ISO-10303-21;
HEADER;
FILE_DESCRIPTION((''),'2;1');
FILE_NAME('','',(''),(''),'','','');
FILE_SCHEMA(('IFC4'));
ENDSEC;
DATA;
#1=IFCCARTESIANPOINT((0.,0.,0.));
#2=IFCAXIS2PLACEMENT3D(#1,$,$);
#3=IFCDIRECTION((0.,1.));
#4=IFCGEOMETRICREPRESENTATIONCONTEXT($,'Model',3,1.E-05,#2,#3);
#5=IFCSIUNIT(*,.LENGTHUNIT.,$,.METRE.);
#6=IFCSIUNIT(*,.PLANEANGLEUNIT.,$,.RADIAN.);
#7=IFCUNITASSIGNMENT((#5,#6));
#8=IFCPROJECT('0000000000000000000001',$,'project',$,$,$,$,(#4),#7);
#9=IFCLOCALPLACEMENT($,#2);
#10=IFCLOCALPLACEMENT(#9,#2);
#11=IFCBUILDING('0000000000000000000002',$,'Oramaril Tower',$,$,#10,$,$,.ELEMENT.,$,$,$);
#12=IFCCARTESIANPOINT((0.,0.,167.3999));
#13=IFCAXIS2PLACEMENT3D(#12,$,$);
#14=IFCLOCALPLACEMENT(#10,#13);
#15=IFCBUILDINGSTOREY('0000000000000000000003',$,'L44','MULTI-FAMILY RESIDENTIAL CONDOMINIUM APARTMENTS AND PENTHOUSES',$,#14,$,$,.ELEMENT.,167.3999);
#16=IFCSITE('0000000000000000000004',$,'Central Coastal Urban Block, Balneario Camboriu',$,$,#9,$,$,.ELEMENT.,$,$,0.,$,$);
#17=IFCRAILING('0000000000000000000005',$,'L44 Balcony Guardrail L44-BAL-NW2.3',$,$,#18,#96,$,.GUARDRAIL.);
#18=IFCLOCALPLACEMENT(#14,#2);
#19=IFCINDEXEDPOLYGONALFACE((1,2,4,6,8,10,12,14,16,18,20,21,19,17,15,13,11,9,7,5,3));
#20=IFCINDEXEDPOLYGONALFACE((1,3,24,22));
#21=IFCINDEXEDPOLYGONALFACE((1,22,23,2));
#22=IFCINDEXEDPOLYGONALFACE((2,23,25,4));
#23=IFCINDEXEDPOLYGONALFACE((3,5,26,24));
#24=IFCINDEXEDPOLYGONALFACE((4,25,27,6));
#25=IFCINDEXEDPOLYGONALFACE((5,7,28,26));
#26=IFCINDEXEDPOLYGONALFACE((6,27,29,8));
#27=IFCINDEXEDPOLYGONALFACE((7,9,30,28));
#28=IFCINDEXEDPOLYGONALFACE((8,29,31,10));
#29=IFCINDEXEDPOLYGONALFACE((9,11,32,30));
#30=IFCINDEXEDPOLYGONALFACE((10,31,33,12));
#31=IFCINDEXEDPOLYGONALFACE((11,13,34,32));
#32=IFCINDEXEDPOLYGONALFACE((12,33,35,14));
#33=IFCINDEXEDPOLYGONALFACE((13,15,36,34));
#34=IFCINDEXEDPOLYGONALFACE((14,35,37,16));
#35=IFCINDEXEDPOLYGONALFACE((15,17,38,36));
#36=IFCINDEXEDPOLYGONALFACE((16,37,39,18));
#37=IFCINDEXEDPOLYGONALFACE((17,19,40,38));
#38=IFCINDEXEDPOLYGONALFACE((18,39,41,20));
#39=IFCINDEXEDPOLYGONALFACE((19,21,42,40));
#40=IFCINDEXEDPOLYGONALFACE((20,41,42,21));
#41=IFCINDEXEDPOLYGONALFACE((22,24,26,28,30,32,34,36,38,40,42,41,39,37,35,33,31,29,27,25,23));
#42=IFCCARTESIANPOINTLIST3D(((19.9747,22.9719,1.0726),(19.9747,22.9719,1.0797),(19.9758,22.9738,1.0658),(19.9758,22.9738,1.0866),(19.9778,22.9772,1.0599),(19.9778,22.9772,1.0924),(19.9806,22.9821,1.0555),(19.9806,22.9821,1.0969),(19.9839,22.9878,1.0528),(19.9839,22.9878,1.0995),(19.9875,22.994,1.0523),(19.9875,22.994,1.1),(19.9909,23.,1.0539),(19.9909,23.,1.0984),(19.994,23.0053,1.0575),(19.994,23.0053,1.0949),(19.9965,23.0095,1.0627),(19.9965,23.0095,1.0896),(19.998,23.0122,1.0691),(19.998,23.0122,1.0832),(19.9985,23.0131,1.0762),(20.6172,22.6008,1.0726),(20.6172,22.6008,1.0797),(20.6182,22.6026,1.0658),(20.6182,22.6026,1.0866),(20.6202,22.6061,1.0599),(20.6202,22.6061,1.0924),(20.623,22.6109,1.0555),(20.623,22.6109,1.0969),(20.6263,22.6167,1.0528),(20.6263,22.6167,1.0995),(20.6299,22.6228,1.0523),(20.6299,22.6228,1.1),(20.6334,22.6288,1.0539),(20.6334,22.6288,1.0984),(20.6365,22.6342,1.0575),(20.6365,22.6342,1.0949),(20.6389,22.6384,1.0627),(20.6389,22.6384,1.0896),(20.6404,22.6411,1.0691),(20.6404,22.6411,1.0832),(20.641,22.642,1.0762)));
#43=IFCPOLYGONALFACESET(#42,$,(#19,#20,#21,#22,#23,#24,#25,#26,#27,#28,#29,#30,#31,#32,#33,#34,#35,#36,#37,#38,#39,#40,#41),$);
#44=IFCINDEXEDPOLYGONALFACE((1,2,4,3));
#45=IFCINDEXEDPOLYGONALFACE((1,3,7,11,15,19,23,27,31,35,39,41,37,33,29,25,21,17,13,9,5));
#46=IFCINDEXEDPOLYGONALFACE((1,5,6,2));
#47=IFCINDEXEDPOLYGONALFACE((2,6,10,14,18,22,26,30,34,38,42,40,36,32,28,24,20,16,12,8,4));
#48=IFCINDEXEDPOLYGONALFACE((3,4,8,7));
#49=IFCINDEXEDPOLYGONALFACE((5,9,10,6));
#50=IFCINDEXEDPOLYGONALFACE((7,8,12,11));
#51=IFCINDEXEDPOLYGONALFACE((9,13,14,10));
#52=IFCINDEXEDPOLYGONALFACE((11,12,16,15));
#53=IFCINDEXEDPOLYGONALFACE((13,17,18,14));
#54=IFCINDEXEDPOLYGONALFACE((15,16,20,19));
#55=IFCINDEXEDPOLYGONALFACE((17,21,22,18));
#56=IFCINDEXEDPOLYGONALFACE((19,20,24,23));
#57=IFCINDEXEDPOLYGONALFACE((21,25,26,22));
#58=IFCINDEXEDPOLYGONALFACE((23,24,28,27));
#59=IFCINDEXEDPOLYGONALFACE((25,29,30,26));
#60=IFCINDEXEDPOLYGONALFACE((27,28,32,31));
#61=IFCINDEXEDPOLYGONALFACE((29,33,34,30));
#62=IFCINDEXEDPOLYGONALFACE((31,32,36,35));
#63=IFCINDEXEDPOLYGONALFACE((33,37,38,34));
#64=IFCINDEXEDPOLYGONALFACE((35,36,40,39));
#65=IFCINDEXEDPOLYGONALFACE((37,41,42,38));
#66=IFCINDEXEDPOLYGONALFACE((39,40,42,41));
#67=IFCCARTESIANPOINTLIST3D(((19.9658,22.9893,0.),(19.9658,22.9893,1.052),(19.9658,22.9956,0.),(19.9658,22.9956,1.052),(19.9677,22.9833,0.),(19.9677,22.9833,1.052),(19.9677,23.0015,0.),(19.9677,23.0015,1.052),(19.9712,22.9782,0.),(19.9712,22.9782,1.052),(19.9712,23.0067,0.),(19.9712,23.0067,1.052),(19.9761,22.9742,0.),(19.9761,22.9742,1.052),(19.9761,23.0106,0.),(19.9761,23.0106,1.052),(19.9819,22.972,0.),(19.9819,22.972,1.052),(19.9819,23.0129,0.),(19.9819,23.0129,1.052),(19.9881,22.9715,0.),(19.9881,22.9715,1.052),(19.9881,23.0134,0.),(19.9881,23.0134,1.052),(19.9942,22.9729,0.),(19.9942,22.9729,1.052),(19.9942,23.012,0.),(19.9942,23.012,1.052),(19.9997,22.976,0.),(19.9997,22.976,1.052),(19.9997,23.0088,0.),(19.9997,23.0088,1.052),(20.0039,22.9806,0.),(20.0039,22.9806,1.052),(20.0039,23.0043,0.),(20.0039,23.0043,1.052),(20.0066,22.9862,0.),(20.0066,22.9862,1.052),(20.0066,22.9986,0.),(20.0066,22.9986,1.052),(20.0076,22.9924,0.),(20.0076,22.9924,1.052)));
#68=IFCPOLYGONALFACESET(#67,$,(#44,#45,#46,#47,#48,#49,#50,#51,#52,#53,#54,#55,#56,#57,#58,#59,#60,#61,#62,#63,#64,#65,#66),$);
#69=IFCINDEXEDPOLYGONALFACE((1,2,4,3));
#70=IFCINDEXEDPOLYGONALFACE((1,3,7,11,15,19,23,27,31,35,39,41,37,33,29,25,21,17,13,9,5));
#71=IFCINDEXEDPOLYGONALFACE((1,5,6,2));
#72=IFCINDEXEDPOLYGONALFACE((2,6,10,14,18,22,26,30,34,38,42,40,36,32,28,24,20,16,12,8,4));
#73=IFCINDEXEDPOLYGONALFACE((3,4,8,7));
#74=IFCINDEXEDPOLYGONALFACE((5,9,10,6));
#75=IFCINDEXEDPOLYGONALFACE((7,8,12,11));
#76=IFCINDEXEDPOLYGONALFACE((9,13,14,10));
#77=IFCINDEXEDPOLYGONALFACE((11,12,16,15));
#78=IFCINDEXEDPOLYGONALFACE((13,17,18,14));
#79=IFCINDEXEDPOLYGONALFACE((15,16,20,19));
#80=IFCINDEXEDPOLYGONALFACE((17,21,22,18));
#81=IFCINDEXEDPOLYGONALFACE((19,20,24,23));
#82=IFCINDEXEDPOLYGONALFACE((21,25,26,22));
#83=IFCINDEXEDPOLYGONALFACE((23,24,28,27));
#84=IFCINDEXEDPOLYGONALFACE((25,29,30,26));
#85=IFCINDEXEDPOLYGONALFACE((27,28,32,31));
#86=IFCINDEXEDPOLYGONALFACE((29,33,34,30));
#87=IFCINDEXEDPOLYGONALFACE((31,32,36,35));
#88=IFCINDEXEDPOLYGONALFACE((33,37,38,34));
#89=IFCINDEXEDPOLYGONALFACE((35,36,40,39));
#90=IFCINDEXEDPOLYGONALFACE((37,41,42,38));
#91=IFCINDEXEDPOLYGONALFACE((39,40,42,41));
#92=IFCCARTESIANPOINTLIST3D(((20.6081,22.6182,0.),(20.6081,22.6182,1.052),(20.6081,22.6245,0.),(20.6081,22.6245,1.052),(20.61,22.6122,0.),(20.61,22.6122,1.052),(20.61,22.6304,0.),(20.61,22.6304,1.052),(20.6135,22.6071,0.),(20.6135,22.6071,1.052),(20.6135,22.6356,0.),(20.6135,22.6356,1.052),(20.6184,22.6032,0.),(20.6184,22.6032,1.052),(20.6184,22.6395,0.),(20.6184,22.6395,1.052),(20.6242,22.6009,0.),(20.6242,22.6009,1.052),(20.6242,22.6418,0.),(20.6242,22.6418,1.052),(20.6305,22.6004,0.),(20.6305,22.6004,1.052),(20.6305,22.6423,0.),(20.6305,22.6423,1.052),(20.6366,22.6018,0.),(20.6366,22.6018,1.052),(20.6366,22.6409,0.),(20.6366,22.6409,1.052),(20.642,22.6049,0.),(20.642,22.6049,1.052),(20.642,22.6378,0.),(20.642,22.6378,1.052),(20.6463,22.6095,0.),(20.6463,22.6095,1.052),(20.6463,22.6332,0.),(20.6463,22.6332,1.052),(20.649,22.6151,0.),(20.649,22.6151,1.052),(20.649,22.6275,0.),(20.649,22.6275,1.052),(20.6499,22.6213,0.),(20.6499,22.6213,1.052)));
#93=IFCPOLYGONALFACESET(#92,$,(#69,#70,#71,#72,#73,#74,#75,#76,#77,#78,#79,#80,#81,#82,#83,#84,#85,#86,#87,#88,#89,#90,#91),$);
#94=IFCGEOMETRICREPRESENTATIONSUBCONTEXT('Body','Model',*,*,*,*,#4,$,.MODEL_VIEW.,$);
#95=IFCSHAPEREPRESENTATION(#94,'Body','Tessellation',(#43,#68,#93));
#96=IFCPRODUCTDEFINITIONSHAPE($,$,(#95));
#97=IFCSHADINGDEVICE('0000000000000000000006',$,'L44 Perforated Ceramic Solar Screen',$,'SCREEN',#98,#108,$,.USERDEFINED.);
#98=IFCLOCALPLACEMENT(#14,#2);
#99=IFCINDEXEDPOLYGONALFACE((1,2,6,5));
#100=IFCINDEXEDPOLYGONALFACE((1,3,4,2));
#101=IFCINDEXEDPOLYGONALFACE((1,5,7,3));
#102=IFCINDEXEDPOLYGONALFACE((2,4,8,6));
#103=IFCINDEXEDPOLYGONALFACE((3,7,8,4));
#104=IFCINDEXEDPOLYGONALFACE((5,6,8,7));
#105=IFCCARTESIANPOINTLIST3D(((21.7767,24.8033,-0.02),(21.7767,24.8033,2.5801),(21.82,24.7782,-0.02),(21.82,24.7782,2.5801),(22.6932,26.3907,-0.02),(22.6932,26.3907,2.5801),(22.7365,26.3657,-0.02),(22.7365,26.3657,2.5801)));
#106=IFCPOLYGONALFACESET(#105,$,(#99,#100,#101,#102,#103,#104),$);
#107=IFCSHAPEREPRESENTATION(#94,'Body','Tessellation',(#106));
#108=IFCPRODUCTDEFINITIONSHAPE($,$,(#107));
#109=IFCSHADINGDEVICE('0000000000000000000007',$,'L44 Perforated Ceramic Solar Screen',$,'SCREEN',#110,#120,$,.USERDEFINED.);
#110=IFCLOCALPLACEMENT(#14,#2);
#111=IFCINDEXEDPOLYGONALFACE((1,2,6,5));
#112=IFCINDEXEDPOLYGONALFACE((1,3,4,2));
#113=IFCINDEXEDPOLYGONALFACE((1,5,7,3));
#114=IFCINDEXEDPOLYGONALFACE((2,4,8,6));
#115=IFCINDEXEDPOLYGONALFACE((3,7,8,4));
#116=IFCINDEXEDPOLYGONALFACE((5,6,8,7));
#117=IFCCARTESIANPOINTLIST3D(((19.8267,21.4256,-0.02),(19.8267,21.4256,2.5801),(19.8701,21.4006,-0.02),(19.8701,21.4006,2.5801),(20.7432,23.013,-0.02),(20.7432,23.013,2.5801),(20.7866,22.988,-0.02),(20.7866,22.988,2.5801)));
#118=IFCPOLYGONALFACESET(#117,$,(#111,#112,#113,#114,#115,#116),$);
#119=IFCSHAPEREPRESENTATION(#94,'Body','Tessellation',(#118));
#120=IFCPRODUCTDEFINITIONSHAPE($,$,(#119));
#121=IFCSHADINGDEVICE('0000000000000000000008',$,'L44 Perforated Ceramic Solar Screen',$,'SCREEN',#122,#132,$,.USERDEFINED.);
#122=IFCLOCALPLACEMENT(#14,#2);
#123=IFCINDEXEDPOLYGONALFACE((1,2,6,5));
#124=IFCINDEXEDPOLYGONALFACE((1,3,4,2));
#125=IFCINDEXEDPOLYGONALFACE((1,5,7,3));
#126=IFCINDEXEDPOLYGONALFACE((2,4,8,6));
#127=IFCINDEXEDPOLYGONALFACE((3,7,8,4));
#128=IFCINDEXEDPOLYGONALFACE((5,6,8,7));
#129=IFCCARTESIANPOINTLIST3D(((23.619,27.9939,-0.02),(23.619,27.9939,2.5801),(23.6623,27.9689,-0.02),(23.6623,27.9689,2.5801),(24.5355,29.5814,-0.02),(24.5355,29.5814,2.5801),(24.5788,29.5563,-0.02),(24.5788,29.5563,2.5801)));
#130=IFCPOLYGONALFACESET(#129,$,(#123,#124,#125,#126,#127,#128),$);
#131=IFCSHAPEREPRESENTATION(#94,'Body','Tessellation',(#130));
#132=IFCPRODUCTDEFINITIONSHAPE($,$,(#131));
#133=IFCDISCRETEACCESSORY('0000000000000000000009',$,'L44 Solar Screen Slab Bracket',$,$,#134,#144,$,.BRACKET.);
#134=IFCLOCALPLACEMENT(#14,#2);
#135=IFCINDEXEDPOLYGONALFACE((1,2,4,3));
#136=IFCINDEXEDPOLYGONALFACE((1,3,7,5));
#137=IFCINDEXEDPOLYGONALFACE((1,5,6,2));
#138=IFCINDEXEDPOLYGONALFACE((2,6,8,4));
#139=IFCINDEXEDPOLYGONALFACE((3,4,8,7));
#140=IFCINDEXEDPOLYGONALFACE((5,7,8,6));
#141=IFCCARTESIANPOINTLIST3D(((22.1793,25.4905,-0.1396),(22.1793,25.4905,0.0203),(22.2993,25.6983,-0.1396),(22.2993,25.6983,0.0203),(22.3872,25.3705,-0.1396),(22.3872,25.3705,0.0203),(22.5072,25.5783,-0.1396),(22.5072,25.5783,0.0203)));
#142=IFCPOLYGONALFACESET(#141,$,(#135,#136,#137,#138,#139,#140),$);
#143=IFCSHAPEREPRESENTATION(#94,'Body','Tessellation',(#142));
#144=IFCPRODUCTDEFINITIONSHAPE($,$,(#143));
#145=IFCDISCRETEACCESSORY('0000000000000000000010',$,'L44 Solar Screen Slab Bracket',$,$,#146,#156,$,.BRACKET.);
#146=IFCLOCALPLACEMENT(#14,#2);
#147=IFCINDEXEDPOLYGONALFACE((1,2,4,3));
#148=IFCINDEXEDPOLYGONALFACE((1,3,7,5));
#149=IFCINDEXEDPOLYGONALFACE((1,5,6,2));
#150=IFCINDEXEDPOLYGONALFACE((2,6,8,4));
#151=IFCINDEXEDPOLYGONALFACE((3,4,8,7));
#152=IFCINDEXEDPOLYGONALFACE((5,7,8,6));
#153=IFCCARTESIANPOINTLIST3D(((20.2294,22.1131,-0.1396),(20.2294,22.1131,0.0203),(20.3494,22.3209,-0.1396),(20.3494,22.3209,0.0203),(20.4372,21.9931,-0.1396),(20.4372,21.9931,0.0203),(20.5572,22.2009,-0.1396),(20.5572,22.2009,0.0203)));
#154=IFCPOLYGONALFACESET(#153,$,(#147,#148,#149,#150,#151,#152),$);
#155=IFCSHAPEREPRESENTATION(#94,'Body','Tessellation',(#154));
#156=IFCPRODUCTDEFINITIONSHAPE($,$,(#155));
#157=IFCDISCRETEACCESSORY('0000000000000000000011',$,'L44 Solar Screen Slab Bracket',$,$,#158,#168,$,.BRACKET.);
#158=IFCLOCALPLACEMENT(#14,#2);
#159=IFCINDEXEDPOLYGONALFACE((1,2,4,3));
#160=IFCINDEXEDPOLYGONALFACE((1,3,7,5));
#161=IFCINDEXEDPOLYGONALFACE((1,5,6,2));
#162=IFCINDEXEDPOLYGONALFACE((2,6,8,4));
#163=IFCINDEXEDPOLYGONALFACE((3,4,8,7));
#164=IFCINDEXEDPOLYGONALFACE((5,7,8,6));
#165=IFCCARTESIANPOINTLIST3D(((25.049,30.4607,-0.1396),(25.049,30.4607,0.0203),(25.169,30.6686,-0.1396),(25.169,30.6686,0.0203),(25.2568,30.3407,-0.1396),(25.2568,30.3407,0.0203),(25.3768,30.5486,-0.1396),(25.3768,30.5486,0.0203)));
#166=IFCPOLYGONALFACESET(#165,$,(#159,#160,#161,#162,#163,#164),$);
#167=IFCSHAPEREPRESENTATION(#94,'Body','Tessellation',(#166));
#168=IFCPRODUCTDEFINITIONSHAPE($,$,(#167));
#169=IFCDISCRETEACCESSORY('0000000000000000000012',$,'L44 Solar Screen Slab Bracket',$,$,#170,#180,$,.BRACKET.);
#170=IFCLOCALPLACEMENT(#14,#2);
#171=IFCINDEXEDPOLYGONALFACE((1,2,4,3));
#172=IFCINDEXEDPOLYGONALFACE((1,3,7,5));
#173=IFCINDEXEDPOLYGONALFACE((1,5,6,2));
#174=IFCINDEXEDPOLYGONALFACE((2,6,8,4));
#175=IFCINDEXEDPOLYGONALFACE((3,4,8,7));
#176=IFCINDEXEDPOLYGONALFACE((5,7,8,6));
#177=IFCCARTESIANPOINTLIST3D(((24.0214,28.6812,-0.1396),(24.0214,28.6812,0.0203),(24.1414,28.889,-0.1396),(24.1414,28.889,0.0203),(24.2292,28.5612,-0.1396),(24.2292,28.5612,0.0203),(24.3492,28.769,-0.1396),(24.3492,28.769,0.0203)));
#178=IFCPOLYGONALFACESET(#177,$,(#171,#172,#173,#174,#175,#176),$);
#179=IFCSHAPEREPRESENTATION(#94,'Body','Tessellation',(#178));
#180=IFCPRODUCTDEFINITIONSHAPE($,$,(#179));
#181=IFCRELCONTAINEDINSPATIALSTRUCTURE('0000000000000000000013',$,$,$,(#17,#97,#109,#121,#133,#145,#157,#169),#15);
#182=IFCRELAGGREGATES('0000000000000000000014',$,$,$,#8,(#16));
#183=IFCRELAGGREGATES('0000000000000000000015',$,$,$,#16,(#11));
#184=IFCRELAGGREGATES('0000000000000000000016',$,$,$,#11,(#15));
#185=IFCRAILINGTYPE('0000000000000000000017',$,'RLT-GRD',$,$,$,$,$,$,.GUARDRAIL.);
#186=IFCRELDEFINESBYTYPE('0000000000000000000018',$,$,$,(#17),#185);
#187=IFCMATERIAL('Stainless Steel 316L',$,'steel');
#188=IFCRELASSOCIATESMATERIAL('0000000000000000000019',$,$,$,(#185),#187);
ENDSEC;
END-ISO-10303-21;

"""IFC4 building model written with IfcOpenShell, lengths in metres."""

from ifc_helpers import new_model, si_unit, direction, frame, origin, origin_2d, place, context, subcontext, project, spatial, rectangle, circle, extrude, material, type_object, element, save


model = new_model("IFC4")

# Units and contexts
model_context = context("Model", 3, precision=1e-05, world=origin(), true_north=direction((0.0, 1.0)))
body_context = subcontext(model_context, "Body", "Model", "MODEL_VIEW")
ifc_project = project(units=[si_unit("LENGTHUNIT", "METRE"), si_unit("PLANEANGLEUNIT", "RADIAN")], contexts=[model_context])

# Site, building, storey
site_placement = place(None, origin())
site = spatial("IfcSite", under=ifc_project, at=site_placement, Name="Central Coastal Urban Block, Balneario Camboriu", CompositionType="ELEMENT", RefElevation=0.0)
building_placement = place(site_placement, origin())
building = spatial("IfcBuilding", under=site, at=building_placement, Name="Oramaril Tower", CompositionType="ELEMENT")
storey_placement = place(building_placement, frame((0.0, 0.0, 167.3999)))
storey = spatial("IfcBuildingStorey", under=building, at=storey_placement, Name="L44", Description="MULTI-FAMILY RESIDENTIAL CONDOMINIUM APARTMENTS AND PENTHOUSES", CompositionType="ELEMENT", Elevation=167.3999)

# Railing
ifc_material_1 = material(Name="Stainless Steel 316L", Category="steel")
railing_type = type_object("IfcRailingType", Name="RLT-GRD", PredefinedType="GUARDRAIL", material=ifc_material_1)
railing_placement = place(storey_placement, frame((19.9866, 22.9924, 0.0)))
element("IfcRailing", 1, at=railing_placement, inside=storey, type_object=railing_type, Name="L44 Balcony Guardrail L44-BAL-NW2.3", PredefinedType="GUARDRAIL", context=body_context, shape_type="SweptSolid", body=[
    extrude(circle(Radius=0.0239, at=origin_2d()), frame((0.0, 0.0, 1.0762), z_axis=(0.865884, -0.500245, 0.0), x_axis=(0.500245, 0.865884, 0.0)), (0.0, 0.0, 1.0), 0.7419),
    extrude(circle(Radius=0.021, at=origin_2d()), origin(), (0.0, 0.0, 1.0), 1.052),
    extrude(circle(Radius=0.021, at=origin_2d()), frame((0.6423, -0.3711, 0.0)), (0.0, 0.0, 1.0), 1.052),
])

# Shading devices
for number, where, z_axis, x_axis, name in (
    (2, (22.2566, 25.5845, -0.02), (0.0, 0.0, 1.0), (-0.5, -0.866025, 0.0), "L44 Perforated Ceramic Solar Screen"),
    (3, (20.3066, 22.2068, -0.02), (0.0, 0.0, 1.0), (-0.5, -0.866025, 0.0), "L44 Perforated Ceramic Solar Screen"),
    (4, (24.0989, 28.7751, -0.02), (0.0, 0.0, 1.0), (-0.5, -0.866025, 0.0), "L44 Perforated Ceramic Solar Screen"),
):
    element("IfcShadingDevice", number, at=place(storey_placement, frame(where, z_axis=z_axis, x_axis=x_axis)), inside=storey, Name=name, ObjectType="SCREEN", PredefinedType="USERDEFINED", context=body_context, shape_type="SweptSolid", body=[
        extrude(rectangle(XDim=1.833, YDim=0.05, at=origin_2d()), origin(), (0.0, 0.0, 1.0), 2.6001),
    ])

# Discrete accessories
for number, where, z_axis, x_axis, name in (
    (5, (22.3433, 25.5344, -0.1396), (0.0, 0.0, 1.0), (-0.5, -0.866025, 0.0), "L44 Solar Screen Slab Bracket"),
    (6, (20.3933, 22.157, -0.1396), (0.0, 0.0, 1.0), (-0.5, -0.866025, 0.0), "L44 Solar Screen Slab Bracket"),
    (7, (25.2129, 30.5046, -0.1396), (0.0, 0.0, 1.0), (-0.5, -0.866025, 0.0), "L44 Solar Screen Slab Bracket"),
    (8, (24.1853, 28.7251, -0.1396), (0.0, 0.0, 1.0), (-0.5, -0.866025, 0.0), "L44 Solar Screen Slab Bracket"),
):
    element("IfcDiscreteAccessory", number, at=place(storey_placement, frame(where, z_axis=z_axis, x_axis=x_axis)), inside=storey, Name=name, PredefinedType="BRACKET", context=body_context, shape_type="SweptSolid", body=[
        extrude(rectangle(XDim=0.24, YDim=0.24, at=origin_2d()), origin(), (0.0, 0.0, 1.0), 0.1599),
    ])

save(model, "model.ifc")
